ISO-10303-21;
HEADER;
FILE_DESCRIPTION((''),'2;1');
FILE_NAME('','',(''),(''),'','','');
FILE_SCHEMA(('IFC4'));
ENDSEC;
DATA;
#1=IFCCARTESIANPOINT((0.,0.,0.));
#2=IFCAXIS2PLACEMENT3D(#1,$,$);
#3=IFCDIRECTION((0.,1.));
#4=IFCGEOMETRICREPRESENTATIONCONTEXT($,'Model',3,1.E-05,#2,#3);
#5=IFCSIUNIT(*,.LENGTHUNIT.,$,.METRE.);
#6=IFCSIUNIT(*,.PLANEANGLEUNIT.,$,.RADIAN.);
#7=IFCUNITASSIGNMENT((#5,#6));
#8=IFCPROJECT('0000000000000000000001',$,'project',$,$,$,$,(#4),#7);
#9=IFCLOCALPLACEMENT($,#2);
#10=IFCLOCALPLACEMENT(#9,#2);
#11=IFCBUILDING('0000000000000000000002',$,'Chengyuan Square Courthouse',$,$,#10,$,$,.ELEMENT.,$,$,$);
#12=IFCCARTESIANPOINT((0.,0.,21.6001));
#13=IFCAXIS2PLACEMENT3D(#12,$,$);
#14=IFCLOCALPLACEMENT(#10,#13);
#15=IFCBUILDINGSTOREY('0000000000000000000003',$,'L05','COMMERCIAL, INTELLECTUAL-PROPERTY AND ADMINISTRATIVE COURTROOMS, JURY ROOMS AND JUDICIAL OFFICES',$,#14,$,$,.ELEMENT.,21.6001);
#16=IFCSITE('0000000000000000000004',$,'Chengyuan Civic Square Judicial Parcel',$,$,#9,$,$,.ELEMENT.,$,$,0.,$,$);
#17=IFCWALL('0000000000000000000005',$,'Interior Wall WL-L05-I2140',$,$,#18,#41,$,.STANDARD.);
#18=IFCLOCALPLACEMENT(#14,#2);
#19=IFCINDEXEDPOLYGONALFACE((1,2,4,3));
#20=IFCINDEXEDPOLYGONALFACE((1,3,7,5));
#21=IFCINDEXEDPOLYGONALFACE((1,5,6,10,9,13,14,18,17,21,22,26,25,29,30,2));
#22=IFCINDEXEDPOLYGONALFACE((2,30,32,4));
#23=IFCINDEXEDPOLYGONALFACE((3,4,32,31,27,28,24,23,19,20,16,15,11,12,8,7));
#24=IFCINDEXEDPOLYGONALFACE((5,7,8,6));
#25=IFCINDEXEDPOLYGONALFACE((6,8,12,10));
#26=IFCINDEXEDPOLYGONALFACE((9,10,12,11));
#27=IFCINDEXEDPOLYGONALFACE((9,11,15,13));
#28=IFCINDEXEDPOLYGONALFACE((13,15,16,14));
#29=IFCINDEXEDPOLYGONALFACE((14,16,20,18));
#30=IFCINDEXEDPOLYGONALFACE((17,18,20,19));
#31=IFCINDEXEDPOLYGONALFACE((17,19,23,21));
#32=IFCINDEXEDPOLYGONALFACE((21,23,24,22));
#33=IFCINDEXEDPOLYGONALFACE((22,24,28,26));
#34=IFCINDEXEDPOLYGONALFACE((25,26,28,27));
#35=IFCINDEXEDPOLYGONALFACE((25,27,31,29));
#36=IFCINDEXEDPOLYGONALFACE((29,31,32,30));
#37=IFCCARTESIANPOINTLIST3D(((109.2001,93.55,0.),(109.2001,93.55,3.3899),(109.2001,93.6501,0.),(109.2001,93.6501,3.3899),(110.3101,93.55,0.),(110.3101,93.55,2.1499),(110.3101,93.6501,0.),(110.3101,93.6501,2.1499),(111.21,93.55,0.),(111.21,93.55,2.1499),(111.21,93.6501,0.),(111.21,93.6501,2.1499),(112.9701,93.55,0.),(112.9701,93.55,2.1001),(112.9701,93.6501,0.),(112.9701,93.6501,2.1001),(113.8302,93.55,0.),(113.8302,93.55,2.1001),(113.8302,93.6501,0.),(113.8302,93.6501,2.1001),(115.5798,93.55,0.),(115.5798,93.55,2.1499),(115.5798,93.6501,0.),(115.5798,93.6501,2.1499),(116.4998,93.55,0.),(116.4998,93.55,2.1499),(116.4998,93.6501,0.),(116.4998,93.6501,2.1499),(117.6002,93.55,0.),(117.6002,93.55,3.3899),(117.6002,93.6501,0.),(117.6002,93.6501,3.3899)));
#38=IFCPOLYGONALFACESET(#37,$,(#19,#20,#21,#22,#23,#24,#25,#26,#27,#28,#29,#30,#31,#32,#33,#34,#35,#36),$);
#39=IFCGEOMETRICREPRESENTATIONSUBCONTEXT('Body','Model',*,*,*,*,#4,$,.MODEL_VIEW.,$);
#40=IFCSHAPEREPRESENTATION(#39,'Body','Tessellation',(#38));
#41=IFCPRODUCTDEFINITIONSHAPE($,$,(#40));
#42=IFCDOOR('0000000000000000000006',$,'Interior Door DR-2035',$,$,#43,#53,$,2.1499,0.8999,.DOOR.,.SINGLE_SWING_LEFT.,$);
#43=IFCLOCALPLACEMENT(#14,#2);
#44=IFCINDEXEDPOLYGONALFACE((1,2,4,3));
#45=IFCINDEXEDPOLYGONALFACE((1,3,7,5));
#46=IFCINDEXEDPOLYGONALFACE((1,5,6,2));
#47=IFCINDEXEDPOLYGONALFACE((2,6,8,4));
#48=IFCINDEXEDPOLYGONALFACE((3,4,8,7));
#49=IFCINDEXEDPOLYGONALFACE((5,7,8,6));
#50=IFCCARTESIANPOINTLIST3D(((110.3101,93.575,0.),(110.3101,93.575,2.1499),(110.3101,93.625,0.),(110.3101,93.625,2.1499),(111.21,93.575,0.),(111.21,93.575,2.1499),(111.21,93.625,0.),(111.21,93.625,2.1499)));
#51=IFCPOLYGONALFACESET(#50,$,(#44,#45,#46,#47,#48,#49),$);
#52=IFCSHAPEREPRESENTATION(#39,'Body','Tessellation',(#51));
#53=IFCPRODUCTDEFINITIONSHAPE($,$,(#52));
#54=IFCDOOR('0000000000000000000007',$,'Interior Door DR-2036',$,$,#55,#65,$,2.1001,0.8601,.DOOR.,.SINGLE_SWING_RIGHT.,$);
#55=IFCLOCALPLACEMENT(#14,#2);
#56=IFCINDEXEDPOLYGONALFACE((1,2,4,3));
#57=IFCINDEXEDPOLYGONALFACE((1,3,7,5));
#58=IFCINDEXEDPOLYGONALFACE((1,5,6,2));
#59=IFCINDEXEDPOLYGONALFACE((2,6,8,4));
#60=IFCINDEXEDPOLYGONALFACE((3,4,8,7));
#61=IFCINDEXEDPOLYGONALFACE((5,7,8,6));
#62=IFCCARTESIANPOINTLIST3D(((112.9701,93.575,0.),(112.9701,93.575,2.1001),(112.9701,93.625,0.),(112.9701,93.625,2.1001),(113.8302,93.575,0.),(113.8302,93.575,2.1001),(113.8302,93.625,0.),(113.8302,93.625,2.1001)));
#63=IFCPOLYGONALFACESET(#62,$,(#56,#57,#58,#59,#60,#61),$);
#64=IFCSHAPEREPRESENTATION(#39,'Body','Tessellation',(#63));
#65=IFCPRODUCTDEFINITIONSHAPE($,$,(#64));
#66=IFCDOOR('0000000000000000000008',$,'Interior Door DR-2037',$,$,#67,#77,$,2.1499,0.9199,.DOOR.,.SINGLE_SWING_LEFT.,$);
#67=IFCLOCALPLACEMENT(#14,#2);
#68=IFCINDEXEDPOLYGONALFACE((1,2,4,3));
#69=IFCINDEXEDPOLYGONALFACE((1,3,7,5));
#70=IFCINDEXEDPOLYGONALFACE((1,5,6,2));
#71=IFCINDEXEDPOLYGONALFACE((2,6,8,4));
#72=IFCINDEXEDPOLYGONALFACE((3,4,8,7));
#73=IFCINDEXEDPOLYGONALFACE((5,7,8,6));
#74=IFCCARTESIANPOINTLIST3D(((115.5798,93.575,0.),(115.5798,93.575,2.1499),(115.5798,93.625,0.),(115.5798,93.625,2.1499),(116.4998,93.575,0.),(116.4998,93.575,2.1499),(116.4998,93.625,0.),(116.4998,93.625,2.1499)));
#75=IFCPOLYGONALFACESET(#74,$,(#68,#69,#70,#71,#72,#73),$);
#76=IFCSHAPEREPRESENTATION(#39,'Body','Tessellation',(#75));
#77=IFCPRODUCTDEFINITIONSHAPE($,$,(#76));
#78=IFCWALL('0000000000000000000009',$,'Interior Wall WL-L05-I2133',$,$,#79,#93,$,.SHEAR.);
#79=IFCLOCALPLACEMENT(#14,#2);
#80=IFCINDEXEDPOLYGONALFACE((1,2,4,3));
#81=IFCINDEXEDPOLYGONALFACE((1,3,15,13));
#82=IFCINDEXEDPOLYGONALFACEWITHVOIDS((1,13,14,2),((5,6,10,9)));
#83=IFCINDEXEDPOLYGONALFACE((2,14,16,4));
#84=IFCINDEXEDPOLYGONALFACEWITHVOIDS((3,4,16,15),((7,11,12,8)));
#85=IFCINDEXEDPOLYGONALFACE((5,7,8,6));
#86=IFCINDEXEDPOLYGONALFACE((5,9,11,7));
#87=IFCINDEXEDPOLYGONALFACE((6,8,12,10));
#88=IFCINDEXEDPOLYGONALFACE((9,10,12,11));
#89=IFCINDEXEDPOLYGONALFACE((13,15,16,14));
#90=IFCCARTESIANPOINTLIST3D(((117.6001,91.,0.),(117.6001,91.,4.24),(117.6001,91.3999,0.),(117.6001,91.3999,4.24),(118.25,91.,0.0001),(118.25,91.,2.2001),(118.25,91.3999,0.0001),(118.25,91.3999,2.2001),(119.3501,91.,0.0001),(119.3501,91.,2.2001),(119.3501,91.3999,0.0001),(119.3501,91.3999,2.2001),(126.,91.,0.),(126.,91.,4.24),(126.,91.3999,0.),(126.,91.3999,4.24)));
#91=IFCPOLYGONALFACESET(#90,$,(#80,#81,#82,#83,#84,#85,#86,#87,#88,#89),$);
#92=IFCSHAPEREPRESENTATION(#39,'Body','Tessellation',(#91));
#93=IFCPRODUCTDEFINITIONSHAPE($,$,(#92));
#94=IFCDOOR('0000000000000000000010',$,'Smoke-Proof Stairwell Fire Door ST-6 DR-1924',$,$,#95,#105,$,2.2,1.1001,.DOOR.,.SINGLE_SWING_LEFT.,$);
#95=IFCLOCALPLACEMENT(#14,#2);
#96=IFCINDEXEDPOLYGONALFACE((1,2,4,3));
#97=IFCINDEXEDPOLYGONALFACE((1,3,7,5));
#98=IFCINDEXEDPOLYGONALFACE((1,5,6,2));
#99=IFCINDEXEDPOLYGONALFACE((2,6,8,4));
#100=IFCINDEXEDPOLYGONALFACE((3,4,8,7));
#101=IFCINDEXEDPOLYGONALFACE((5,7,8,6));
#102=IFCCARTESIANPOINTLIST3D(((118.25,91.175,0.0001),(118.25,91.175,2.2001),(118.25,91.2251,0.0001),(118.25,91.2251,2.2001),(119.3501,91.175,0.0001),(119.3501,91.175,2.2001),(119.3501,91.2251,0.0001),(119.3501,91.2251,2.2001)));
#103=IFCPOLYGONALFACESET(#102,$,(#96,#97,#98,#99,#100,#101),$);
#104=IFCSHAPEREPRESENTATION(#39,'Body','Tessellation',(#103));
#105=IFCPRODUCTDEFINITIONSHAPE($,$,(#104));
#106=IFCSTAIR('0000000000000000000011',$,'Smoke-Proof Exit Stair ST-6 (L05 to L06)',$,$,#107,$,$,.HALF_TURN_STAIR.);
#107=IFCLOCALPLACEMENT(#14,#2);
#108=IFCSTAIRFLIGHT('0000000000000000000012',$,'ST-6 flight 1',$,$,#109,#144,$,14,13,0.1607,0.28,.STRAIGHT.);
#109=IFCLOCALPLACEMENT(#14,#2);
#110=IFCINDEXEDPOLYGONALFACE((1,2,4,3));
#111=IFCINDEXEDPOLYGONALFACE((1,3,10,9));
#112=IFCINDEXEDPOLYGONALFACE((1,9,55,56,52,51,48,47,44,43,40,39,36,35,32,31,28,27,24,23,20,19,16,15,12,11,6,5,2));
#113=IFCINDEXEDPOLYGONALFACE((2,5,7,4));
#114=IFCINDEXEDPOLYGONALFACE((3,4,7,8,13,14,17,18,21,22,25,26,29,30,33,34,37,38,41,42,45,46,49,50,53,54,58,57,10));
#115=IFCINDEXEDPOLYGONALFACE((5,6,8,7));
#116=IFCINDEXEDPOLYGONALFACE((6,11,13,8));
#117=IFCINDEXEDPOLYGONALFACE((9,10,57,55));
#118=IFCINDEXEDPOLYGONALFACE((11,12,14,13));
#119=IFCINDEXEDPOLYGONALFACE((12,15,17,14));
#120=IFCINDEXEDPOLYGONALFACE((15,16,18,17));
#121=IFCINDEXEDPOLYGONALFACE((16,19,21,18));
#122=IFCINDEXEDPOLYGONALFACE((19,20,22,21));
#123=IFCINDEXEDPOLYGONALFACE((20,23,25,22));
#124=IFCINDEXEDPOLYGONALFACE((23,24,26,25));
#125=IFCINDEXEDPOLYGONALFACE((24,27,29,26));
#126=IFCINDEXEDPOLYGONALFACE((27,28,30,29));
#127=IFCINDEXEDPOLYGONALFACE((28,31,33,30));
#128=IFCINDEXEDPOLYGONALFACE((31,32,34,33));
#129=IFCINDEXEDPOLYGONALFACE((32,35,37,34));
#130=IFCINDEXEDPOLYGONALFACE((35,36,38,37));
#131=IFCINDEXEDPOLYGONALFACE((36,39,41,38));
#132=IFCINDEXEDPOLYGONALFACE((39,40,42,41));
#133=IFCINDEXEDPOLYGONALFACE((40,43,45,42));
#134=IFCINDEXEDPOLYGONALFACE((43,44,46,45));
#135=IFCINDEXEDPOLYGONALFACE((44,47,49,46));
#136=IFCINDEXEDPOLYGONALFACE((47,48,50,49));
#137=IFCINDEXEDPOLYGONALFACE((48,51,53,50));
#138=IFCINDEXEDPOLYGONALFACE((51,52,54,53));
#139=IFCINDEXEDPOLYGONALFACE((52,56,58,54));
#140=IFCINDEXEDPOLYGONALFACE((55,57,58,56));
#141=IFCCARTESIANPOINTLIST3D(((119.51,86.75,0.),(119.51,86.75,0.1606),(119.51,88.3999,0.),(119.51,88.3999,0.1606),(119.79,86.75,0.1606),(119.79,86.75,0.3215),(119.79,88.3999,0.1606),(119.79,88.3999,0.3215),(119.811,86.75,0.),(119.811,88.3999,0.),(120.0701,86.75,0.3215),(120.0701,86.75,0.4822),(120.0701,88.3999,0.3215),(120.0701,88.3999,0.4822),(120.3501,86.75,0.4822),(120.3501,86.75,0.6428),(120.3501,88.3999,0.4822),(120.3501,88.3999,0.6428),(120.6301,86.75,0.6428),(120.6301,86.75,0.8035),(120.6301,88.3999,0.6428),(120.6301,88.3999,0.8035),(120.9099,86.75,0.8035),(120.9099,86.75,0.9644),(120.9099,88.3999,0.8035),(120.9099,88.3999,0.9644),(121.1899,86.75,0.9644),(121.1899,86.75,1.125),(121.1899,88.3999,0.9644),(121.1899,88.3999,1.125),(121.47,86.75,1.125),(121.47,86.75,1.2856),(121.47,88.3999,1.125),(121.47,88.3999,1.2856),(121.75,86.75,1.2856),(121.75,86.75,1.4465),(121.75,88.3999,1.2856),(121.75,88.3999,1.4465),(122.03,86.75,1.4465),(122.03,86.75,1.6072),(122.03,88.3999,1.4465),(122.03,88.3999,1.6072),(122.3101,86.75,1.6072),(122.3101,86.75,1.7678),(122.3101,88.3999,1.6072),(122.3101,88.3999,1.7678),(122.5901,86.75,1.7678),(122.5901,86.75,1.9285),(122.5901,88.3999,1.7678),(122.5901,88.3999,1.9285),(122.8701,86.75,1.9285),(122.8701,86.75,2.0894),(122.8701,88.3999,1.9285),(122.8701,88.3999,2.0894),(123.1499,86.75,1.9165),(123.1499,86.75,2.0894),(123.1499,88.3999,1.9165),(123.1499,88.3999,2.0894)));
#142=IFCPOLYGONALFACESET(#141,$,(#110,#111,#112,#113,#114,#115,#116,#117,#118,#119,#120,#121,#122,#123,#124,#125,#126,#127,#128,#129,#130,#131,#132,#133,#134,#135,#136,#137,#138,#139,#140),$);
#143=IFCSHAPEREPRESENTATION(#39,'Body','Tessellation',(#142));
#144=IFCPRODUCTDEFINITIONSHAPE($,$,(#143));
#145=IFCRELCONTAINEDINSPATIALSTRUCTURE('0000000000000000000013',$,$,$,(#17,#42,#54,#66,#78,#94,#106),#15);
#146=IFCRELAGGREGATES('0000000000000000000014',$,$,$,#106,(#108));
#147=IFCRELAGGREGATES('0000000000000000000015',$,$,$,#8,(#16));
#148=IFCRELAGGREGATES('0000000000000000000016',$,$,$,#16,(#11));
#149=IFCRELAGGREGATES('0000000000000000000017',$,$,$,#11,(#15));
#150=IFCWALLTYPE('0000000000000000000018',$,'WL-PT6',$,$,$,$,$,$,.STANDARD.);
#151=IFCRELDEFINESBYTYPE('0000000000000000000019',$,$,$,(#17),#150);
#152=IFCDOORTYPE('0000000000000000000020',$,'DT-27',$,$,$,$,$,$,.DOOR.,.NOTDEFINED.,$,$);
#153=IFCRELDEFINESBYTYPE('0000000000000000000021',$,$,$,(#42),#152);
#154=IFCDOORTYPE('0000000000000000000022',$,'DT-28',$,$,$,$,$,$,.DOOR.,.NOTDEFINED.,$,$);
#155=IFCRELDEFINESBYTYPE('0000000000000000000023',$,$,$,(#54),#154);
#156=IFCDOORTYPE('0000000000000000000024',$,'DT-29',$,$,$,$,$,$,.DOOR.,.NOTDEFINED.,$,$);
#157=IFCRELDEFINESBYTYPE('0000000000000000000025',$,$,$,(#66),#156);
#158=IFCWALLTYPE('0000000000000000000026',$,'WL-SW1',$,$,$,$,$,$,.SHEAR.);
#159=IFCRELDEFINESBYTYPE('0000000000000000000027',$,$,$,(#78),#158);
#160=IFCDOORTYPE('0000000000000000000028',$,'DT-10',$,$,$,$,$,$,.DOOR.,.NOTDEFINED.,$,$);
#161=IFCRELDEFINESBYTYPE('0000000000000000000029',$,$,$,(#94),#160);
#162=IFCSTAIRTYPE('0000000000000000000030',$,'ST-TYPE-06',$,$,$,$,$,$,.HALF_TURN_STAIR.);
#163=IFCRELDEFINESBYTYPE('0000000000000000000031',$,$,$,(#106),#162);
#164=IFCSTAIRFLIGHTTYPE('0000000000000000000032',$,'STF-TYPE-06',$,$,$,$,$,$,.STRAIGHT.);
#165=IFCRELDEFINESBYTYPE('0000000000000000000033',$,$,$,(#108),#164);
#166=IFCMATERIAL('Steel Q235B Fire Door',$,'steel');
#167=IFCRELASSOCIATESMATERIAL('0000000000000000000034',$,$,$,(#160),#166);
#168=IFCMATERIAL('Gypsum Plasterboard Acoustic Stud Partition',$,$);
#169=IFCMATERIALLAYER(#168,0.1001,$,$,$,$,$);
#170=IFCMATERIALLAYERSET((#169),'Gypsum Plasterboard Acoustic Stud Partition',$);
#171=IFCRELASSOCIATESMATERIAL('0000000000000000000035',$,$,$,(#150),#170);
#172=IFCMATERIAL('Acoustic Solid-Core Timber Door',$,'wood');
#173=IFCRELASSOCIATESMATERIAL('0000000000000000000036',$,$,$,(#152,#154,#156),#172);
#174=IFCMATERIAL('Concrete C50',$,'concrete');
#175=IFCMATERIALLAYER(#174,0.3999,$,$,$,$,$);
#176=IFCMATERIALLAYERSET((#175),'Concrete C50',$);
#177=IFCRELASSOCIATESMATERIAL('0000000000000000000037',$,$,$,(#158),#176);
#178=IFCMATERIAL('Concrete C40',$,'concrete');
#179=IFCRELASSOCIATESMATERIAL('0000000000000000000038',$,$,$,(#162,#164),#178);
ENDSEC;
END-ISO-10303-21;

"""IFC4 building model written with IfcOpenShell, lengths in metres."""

from ifc_helpers import new_model, si_unit, direction, frame, frame_2d, origin, place, context, subcontext, project, spatial, polyline, rectangle, outline, extrude, material, layer, layer_set, type_object, element, fill, aggregate, save


model = new_model("IFC4")

# Units and contexts
model_context = context("Model", 3, precision=1e-05, world=origin(), true_north=direction((0.0, 1.0)))
body_context = subcontext(model_context, "Body", "Model", "MODEL_VIEW")
ifc_project = project(units=[si_unit("LENGTHUNIT", "METRE"), si_unit("PLANEANGLEUNIT", "RADIAN")], contexts=[model_context])

# Site, building, storey
site_placement = place(None, origin())
site = spatial("IfcSite", under=ifc_project, at=site_placement, Name="Chengyuan Civic Square Judicial Parcel", CompositionType="ELEMENT", RefElevation=0.0)
building_placement = place(site_placement, origin())
building = spatial("IfcBuilding", under=site, at=building_placement, Name="Chengyuan Square Courthouse", CompositionType="ELEMENT")
storey_placement = place(building_placement, frame((0.0, 0.0, 21.6001)))
storey = spatial("IfcBuildingStorey", under=building, at=storey_placement, Name="L05", Description="COMMERCIAL, INTELLECTUAL-PROPERTY AND ADMINISTRATIVE COURTROOMS, JURY ROOMS AND JUDICIAL OFFICES", CompositionType="ELEMENT", Elevation=21.6001)

# Shared definitions
ifc_material_1 = material(Name="Concrete C50", Category="concrete")

# Shared definitions
ifc_material_2 = material(Name="Concrete C40", Category="concrete")

# Shared definitions
ifc_material_3 = material(Name="Steel Q235B Fire Door", Category="steel")
door_type_1 = type_object("IfcDoorType", Name="DT-10", OperationType="NOTDEFINED", PredefinedType="DOOR", material=ifc_material_3)

# Wall, openings, doors
ifc_material_4 = material(Name="Gypsum Plasterboard Acoustic Stud Partition")
ifc_layer_1 = layer(ifc_material_4, 0.1001)
ifc_layer_set_1 = layer_set([ifc_layer_1], Name="Gypsum Plasterboard Acoustic Stud Partition")
wall_type_1 = type_object("IfcWallType", Name="WL-PT6", PredefinedType="STANDARD", material=ifc_layer_set_1)
wall_1_placement = place(storey_placement, frame((109.2, 93.6001, 0.0), z_axis=(0.0, 0.0, 1.0), x_axis=(1.0, 0.0, 0.0)))
wall_1 = element("IfcWall", 1, at=wall_1_placement, inside=storey, type_object=wall_type_1, Name="Interior Wall WL-L05-I2140", PredefinedType="STANDARD", context=body_context, shape_type="SweptSolid", body=[
    extrude(rectangle(XDim=8.4001, YDim=0.1001, at=frame_2d((4.2002, 0.0))), origin(), (0.0, 0.0, 1.0), 3.3899),
])
opening_1_placement = place(wall_1_placement, frame((1.1101, 0.0, 0.0)))
opening_1 = element("IfcOpeningElement", 2, at=opening_1_placement, cuts=wall_1, PredefinedType="OPENING", context=body_context, shape_type="SweptSolid", body=[
    extrude(rectangle(XDim=0.8999, YDim=2.1499, at=frame_2d((0.45, 1.075))), frame((0.0, 0.062, 0.0), z_axis=(0.0, -1.0, 0.0), x_axis=(1.0, 0.0, 0.0)), (0.0, 0.0, 1.0), 0.124),
])
opening_2_placement = place(wall_1_placement, frame((3.77, 0.0, 0.0)))
opening_2 = element("IfcOpeningElement", 3, at=opening_2_placement, cuts=wall_1, PredefinedType="OPENING", context=body_context, shape_type="SweptSolid", body=[
    extrude(rectangle(XDim=0.8601, YDim=2.1001, at=frame_2d((0.4302, 1.05))), frame((0.0, 0.062, 0.0), z_axis=(0.0, -1.0, 0.0), x_axis=(1.0, 0.0, 0.0)), (0.0, 0.0, 1.0), 0.124),
])
opening_3_placement = place(wall_1_placement, frame((6.3799, 0.0, 0.0)))
opening_3 = element("IfcOpeningElement", 4, at=opening_3_placement, cuts=wall_1, PredefinedType="OPENING", context=body_context, shape_type="SweptSolid", body=[
    extrude(rectangle(XDim=0.9199, YDim=2.1499, at=frame_2d((0.46, 1.075))), frame((0.0, 0.062, 0.0), z_axis=(0.0, -1.0, 0.0), x_axis=(1.0, 0.0, 0.0)), (0.0, 0.0, 1.0), 0.124),
])
ifc_material_5 = material(Name="Acoustic Solid-Core Timber Door", Category="wood")
door_type_2 = type_object("IfcDoorType", Name="DT-27", OperationType="NOTDEFINED", PredefinedType="DOOR", material=ifc_material_5)
door_1_placement = place(opening_1_placement, origin())
door_1 = element("IfcDoor", 5, at=door_1_placement, inside=storey, type_object=door_type_2, Name="Interior Door DR-2035", OperationType="SINGLE_SWING_LEFT", OverallHeight=2.1499, OverallWidth=0.8999, PredefinedType="DOOR", context=body_context, shape_type="SweptSolid", body=[
    extrude(rectangle(XDim=0.8999, YDim=2.1499, at=frame_2d((0.45, 1.075))), frame((0.0, 0.0249, 0.0), z_axis=(0.0, -1.0, 0.0), x_axis=(1.0, 0.0, 0.0)), (0.0, 0.0, 1.0), 0.05),
])
fill(opening_1, door_1)
door_type_3 = type_object("IfcDoorType", Name="DT-28", OperationType="NOTDEFINED", PredefinedType="DOOR", material=ifc_material_5)
door_2_placement = place(opening_2_placement, origin())
door_2 = element("IfcDoor", 6, at=door_2_placement, inside=storey, type_object=door_type_3, Name="Interior Door DR-2036", OperationType="SINGLE_SWING_RIGHT", OverallHeight=2.1001, OverallWidth=0.8601, PredefinedType="DOOR", context=body_context, shape_type="SweptSolid", body=[
    extrude(rectangle(XDim=0.8601, YDim=2.1001, at=frame_2d((0.4302, 1.05))), frame((0.0, 0.0249, 0.0), z_axis=(0.0, -1.0, 0.0), x_axis=(1.0, 0.0, 0.0)), (0.0, 0.0, 1.0), 0.05),
])
fill(opening_2, door_2)
door_type_4 = type_object("IfcDoorType", Name="DT-29", OperationType="NOTDEFINED", PredefinedType="DOOR", material=ifc_material_5)
door_3_placement = place(opening_3_placement, origin())
door_3 = element("IfcDoor", 7, at=door_3_placement, inside=storey, type_object=door_type_4, Name="Interior Door DR-2037", OperationType="SINGLE_SWING_LEFT", OverallHeight=2.1499, OverallWidth=0.9199, PredefinedType="DOOR", context=body_context, shape_type="SweptSolid", body=[
    extrude(rectangle(XDim=0.9199, YDim=2.1499, at=frame_2d((0.46, 1.075))), frame((0.0, 0.0249, 0.0), z_axis=(0.0, -1.0, 0.0), x_axis=(1.0, 0.0, 0.0)), (0.0, 0.0, 1.0), 0.05),
])
fill(opening_3, door_3)

# Wall, opening, door
ifc_layer_2 = layer(ifc_material_1, 0.3999)
ifc_layer_set_2 = layer_set([ifc_layer_2], Name="Concrete C50")
wall_type_2 = type_object("IfcWallType", Name="WL-SW1", PredefinedType="SHEAR", material=ifc_layer_set_2)
wall_2_placement = place(storey_placement, frame((117.6001, 91.2, 0.0), z_axis=(0.0, 0.0, 1.0), x_axis=(1.0, 0.0, 0.0)))
wall_2 = element("IfcWall", 8, at=wall_2_placement, inside=storey, type_object=wall_type_2, Name="Interior Wall WL-L05-I2133", PredefinedType="SHEAR", context=body_context, shape_type="SweptSolid", body=[
    extrude(rectangle(XDim=8.3999, YDim=0.3999, at=frame_2d((4.2, 0.0))), origin(), (0.0, 0.0, 1.0), 4.24),
])
opening_4_placement = place(wall_2_placement, frame((0.6499, 0.0, 0.0)))
opening_4 = element("IfcOpeningElement", 9, at=opening_4_placement, cuts=wall_2, PredefinedType="OPENING", context=body_context, shape_type="SweptSolid", body=[
    extrude(rectangle(XDim=1.1001, YDim=2.2, at=frame_2d((0.55, 1.1001))), frame((0.0, 0.2119, 0.0), z_axis=(0.0, -1.0, 0.0), x_axis=(1.0, 0.0, 0.0)), (0.0, 0.0, 1.0), 0.4238),
])
door_4_placement = place(opening_4_placement, frame((1.1001, 0.0, 0.0), z_axis=(0.0, 0.0, 1.0), x_axis=(-1.0, 0.0, 0.0)))
door_4 = element("IfcDoor", 10, at=door_4_placement, inside=storey, type_object=door_type_1, Name="Smoke-Proof Stairwell Fire Door ST-6 DR-1924", OperationType="SINGLE_SWING_LEFT", OverallHeight=2.2, OverallWidth=1.1001, PredefinedType="DOOR", context=body_context, shape_type="SweptSolid", body=[
    extrude(rectangle(XDim=1.1001, YDim=2.2, at=frame_2d((0.55, 1.1001))), frame((0.0, 0.0249, 0.0), z_axis=(0.0, -1.0, 0.0), x_axis=(1.0, 0.0, 0.0)), (0.0, 0.0, 1.0), 0.05),
])
fill(opening_4, door_4)

# Stair, stair flight
stair_type = type_object("IfcStairType", Name="ST-TYPE-06", PredefinedType="HALF_TURN_STAIR", material=ifc_material_2)
stair_placement = place(storey_placement, origin())
stair = element("IfcStair", 11, at=stair_placement, inside=storey, type_object=stair_type, Name="Smoke-Proof Exit Stair ST-6 (L05 to L06)", PredefinedType="HALF_TURN_STAIR")
stair_flight_type = type_object("IfcStairFlightType", Name="STF-TYPE-06", PredefinedType="STRAIGHT", material=ifc_material_2)
stair_flight_1_placement = place(storey_placement, frame((119.51, 87.575, 0.0), z_axis=(0.0, 0.0, 1.0), x_axis=(1.0, 0.0, 0.0)))
stair_flight_1 = element("IfcStairFlight", 12, at=stair_flight_1_placement, type_object=stair_flight_type, Name="ST-6 flight 1", NumberOfRisers=14, NumberOfTreads=13, PredefinedType="STRAIGHT", RiserHeight=0.1607, TreadLength=0.28, context=body_context, shape_type="SweptSolid", body=[
    extrude(outline(polyline([(0.0, 0.0), (0.0, 0.1606), (0.28, 0.1606), (0.28, 0.3215), (0.5601, 0.3215), (0.5601, 0.4822), (0.8401, 0.4822), (0.8401, 0.6428), (1.1201, 0.6428), (1.1201, 0.8035), (1.3999, 0.8035), (1.3999, 0.9644), (1.6799, 0.9644), (1.6799, 1.125), (1.96, 1.125), (1.96, 1.2856), (2.24, 1.2856), (2.24, 1.4465), (2.52, 1.4465), (2.52, 1.6072), (2.8, 1.6072), (2.8, 1.7678), (3.0801, 1.7678), (3.0801, 1.9285), (3.3601, 1.9285), (3.3601, 2.0894), (3.6399, 2.0894), (3.6399, 2.25), (3.6399, 1.9165), (0.301, 0.0), (0.0, 0.0)])), frame((0.0, 0.825, 0.0), z_axis=(0.0, -1.0, 0.0), x_axis=(1.0, 0.0, 0.0)), (0.0, 0.0, 1.0), 1.6499),
])
aggregate(stair, [stair_flight_1])

save(model, "model.ifc")
